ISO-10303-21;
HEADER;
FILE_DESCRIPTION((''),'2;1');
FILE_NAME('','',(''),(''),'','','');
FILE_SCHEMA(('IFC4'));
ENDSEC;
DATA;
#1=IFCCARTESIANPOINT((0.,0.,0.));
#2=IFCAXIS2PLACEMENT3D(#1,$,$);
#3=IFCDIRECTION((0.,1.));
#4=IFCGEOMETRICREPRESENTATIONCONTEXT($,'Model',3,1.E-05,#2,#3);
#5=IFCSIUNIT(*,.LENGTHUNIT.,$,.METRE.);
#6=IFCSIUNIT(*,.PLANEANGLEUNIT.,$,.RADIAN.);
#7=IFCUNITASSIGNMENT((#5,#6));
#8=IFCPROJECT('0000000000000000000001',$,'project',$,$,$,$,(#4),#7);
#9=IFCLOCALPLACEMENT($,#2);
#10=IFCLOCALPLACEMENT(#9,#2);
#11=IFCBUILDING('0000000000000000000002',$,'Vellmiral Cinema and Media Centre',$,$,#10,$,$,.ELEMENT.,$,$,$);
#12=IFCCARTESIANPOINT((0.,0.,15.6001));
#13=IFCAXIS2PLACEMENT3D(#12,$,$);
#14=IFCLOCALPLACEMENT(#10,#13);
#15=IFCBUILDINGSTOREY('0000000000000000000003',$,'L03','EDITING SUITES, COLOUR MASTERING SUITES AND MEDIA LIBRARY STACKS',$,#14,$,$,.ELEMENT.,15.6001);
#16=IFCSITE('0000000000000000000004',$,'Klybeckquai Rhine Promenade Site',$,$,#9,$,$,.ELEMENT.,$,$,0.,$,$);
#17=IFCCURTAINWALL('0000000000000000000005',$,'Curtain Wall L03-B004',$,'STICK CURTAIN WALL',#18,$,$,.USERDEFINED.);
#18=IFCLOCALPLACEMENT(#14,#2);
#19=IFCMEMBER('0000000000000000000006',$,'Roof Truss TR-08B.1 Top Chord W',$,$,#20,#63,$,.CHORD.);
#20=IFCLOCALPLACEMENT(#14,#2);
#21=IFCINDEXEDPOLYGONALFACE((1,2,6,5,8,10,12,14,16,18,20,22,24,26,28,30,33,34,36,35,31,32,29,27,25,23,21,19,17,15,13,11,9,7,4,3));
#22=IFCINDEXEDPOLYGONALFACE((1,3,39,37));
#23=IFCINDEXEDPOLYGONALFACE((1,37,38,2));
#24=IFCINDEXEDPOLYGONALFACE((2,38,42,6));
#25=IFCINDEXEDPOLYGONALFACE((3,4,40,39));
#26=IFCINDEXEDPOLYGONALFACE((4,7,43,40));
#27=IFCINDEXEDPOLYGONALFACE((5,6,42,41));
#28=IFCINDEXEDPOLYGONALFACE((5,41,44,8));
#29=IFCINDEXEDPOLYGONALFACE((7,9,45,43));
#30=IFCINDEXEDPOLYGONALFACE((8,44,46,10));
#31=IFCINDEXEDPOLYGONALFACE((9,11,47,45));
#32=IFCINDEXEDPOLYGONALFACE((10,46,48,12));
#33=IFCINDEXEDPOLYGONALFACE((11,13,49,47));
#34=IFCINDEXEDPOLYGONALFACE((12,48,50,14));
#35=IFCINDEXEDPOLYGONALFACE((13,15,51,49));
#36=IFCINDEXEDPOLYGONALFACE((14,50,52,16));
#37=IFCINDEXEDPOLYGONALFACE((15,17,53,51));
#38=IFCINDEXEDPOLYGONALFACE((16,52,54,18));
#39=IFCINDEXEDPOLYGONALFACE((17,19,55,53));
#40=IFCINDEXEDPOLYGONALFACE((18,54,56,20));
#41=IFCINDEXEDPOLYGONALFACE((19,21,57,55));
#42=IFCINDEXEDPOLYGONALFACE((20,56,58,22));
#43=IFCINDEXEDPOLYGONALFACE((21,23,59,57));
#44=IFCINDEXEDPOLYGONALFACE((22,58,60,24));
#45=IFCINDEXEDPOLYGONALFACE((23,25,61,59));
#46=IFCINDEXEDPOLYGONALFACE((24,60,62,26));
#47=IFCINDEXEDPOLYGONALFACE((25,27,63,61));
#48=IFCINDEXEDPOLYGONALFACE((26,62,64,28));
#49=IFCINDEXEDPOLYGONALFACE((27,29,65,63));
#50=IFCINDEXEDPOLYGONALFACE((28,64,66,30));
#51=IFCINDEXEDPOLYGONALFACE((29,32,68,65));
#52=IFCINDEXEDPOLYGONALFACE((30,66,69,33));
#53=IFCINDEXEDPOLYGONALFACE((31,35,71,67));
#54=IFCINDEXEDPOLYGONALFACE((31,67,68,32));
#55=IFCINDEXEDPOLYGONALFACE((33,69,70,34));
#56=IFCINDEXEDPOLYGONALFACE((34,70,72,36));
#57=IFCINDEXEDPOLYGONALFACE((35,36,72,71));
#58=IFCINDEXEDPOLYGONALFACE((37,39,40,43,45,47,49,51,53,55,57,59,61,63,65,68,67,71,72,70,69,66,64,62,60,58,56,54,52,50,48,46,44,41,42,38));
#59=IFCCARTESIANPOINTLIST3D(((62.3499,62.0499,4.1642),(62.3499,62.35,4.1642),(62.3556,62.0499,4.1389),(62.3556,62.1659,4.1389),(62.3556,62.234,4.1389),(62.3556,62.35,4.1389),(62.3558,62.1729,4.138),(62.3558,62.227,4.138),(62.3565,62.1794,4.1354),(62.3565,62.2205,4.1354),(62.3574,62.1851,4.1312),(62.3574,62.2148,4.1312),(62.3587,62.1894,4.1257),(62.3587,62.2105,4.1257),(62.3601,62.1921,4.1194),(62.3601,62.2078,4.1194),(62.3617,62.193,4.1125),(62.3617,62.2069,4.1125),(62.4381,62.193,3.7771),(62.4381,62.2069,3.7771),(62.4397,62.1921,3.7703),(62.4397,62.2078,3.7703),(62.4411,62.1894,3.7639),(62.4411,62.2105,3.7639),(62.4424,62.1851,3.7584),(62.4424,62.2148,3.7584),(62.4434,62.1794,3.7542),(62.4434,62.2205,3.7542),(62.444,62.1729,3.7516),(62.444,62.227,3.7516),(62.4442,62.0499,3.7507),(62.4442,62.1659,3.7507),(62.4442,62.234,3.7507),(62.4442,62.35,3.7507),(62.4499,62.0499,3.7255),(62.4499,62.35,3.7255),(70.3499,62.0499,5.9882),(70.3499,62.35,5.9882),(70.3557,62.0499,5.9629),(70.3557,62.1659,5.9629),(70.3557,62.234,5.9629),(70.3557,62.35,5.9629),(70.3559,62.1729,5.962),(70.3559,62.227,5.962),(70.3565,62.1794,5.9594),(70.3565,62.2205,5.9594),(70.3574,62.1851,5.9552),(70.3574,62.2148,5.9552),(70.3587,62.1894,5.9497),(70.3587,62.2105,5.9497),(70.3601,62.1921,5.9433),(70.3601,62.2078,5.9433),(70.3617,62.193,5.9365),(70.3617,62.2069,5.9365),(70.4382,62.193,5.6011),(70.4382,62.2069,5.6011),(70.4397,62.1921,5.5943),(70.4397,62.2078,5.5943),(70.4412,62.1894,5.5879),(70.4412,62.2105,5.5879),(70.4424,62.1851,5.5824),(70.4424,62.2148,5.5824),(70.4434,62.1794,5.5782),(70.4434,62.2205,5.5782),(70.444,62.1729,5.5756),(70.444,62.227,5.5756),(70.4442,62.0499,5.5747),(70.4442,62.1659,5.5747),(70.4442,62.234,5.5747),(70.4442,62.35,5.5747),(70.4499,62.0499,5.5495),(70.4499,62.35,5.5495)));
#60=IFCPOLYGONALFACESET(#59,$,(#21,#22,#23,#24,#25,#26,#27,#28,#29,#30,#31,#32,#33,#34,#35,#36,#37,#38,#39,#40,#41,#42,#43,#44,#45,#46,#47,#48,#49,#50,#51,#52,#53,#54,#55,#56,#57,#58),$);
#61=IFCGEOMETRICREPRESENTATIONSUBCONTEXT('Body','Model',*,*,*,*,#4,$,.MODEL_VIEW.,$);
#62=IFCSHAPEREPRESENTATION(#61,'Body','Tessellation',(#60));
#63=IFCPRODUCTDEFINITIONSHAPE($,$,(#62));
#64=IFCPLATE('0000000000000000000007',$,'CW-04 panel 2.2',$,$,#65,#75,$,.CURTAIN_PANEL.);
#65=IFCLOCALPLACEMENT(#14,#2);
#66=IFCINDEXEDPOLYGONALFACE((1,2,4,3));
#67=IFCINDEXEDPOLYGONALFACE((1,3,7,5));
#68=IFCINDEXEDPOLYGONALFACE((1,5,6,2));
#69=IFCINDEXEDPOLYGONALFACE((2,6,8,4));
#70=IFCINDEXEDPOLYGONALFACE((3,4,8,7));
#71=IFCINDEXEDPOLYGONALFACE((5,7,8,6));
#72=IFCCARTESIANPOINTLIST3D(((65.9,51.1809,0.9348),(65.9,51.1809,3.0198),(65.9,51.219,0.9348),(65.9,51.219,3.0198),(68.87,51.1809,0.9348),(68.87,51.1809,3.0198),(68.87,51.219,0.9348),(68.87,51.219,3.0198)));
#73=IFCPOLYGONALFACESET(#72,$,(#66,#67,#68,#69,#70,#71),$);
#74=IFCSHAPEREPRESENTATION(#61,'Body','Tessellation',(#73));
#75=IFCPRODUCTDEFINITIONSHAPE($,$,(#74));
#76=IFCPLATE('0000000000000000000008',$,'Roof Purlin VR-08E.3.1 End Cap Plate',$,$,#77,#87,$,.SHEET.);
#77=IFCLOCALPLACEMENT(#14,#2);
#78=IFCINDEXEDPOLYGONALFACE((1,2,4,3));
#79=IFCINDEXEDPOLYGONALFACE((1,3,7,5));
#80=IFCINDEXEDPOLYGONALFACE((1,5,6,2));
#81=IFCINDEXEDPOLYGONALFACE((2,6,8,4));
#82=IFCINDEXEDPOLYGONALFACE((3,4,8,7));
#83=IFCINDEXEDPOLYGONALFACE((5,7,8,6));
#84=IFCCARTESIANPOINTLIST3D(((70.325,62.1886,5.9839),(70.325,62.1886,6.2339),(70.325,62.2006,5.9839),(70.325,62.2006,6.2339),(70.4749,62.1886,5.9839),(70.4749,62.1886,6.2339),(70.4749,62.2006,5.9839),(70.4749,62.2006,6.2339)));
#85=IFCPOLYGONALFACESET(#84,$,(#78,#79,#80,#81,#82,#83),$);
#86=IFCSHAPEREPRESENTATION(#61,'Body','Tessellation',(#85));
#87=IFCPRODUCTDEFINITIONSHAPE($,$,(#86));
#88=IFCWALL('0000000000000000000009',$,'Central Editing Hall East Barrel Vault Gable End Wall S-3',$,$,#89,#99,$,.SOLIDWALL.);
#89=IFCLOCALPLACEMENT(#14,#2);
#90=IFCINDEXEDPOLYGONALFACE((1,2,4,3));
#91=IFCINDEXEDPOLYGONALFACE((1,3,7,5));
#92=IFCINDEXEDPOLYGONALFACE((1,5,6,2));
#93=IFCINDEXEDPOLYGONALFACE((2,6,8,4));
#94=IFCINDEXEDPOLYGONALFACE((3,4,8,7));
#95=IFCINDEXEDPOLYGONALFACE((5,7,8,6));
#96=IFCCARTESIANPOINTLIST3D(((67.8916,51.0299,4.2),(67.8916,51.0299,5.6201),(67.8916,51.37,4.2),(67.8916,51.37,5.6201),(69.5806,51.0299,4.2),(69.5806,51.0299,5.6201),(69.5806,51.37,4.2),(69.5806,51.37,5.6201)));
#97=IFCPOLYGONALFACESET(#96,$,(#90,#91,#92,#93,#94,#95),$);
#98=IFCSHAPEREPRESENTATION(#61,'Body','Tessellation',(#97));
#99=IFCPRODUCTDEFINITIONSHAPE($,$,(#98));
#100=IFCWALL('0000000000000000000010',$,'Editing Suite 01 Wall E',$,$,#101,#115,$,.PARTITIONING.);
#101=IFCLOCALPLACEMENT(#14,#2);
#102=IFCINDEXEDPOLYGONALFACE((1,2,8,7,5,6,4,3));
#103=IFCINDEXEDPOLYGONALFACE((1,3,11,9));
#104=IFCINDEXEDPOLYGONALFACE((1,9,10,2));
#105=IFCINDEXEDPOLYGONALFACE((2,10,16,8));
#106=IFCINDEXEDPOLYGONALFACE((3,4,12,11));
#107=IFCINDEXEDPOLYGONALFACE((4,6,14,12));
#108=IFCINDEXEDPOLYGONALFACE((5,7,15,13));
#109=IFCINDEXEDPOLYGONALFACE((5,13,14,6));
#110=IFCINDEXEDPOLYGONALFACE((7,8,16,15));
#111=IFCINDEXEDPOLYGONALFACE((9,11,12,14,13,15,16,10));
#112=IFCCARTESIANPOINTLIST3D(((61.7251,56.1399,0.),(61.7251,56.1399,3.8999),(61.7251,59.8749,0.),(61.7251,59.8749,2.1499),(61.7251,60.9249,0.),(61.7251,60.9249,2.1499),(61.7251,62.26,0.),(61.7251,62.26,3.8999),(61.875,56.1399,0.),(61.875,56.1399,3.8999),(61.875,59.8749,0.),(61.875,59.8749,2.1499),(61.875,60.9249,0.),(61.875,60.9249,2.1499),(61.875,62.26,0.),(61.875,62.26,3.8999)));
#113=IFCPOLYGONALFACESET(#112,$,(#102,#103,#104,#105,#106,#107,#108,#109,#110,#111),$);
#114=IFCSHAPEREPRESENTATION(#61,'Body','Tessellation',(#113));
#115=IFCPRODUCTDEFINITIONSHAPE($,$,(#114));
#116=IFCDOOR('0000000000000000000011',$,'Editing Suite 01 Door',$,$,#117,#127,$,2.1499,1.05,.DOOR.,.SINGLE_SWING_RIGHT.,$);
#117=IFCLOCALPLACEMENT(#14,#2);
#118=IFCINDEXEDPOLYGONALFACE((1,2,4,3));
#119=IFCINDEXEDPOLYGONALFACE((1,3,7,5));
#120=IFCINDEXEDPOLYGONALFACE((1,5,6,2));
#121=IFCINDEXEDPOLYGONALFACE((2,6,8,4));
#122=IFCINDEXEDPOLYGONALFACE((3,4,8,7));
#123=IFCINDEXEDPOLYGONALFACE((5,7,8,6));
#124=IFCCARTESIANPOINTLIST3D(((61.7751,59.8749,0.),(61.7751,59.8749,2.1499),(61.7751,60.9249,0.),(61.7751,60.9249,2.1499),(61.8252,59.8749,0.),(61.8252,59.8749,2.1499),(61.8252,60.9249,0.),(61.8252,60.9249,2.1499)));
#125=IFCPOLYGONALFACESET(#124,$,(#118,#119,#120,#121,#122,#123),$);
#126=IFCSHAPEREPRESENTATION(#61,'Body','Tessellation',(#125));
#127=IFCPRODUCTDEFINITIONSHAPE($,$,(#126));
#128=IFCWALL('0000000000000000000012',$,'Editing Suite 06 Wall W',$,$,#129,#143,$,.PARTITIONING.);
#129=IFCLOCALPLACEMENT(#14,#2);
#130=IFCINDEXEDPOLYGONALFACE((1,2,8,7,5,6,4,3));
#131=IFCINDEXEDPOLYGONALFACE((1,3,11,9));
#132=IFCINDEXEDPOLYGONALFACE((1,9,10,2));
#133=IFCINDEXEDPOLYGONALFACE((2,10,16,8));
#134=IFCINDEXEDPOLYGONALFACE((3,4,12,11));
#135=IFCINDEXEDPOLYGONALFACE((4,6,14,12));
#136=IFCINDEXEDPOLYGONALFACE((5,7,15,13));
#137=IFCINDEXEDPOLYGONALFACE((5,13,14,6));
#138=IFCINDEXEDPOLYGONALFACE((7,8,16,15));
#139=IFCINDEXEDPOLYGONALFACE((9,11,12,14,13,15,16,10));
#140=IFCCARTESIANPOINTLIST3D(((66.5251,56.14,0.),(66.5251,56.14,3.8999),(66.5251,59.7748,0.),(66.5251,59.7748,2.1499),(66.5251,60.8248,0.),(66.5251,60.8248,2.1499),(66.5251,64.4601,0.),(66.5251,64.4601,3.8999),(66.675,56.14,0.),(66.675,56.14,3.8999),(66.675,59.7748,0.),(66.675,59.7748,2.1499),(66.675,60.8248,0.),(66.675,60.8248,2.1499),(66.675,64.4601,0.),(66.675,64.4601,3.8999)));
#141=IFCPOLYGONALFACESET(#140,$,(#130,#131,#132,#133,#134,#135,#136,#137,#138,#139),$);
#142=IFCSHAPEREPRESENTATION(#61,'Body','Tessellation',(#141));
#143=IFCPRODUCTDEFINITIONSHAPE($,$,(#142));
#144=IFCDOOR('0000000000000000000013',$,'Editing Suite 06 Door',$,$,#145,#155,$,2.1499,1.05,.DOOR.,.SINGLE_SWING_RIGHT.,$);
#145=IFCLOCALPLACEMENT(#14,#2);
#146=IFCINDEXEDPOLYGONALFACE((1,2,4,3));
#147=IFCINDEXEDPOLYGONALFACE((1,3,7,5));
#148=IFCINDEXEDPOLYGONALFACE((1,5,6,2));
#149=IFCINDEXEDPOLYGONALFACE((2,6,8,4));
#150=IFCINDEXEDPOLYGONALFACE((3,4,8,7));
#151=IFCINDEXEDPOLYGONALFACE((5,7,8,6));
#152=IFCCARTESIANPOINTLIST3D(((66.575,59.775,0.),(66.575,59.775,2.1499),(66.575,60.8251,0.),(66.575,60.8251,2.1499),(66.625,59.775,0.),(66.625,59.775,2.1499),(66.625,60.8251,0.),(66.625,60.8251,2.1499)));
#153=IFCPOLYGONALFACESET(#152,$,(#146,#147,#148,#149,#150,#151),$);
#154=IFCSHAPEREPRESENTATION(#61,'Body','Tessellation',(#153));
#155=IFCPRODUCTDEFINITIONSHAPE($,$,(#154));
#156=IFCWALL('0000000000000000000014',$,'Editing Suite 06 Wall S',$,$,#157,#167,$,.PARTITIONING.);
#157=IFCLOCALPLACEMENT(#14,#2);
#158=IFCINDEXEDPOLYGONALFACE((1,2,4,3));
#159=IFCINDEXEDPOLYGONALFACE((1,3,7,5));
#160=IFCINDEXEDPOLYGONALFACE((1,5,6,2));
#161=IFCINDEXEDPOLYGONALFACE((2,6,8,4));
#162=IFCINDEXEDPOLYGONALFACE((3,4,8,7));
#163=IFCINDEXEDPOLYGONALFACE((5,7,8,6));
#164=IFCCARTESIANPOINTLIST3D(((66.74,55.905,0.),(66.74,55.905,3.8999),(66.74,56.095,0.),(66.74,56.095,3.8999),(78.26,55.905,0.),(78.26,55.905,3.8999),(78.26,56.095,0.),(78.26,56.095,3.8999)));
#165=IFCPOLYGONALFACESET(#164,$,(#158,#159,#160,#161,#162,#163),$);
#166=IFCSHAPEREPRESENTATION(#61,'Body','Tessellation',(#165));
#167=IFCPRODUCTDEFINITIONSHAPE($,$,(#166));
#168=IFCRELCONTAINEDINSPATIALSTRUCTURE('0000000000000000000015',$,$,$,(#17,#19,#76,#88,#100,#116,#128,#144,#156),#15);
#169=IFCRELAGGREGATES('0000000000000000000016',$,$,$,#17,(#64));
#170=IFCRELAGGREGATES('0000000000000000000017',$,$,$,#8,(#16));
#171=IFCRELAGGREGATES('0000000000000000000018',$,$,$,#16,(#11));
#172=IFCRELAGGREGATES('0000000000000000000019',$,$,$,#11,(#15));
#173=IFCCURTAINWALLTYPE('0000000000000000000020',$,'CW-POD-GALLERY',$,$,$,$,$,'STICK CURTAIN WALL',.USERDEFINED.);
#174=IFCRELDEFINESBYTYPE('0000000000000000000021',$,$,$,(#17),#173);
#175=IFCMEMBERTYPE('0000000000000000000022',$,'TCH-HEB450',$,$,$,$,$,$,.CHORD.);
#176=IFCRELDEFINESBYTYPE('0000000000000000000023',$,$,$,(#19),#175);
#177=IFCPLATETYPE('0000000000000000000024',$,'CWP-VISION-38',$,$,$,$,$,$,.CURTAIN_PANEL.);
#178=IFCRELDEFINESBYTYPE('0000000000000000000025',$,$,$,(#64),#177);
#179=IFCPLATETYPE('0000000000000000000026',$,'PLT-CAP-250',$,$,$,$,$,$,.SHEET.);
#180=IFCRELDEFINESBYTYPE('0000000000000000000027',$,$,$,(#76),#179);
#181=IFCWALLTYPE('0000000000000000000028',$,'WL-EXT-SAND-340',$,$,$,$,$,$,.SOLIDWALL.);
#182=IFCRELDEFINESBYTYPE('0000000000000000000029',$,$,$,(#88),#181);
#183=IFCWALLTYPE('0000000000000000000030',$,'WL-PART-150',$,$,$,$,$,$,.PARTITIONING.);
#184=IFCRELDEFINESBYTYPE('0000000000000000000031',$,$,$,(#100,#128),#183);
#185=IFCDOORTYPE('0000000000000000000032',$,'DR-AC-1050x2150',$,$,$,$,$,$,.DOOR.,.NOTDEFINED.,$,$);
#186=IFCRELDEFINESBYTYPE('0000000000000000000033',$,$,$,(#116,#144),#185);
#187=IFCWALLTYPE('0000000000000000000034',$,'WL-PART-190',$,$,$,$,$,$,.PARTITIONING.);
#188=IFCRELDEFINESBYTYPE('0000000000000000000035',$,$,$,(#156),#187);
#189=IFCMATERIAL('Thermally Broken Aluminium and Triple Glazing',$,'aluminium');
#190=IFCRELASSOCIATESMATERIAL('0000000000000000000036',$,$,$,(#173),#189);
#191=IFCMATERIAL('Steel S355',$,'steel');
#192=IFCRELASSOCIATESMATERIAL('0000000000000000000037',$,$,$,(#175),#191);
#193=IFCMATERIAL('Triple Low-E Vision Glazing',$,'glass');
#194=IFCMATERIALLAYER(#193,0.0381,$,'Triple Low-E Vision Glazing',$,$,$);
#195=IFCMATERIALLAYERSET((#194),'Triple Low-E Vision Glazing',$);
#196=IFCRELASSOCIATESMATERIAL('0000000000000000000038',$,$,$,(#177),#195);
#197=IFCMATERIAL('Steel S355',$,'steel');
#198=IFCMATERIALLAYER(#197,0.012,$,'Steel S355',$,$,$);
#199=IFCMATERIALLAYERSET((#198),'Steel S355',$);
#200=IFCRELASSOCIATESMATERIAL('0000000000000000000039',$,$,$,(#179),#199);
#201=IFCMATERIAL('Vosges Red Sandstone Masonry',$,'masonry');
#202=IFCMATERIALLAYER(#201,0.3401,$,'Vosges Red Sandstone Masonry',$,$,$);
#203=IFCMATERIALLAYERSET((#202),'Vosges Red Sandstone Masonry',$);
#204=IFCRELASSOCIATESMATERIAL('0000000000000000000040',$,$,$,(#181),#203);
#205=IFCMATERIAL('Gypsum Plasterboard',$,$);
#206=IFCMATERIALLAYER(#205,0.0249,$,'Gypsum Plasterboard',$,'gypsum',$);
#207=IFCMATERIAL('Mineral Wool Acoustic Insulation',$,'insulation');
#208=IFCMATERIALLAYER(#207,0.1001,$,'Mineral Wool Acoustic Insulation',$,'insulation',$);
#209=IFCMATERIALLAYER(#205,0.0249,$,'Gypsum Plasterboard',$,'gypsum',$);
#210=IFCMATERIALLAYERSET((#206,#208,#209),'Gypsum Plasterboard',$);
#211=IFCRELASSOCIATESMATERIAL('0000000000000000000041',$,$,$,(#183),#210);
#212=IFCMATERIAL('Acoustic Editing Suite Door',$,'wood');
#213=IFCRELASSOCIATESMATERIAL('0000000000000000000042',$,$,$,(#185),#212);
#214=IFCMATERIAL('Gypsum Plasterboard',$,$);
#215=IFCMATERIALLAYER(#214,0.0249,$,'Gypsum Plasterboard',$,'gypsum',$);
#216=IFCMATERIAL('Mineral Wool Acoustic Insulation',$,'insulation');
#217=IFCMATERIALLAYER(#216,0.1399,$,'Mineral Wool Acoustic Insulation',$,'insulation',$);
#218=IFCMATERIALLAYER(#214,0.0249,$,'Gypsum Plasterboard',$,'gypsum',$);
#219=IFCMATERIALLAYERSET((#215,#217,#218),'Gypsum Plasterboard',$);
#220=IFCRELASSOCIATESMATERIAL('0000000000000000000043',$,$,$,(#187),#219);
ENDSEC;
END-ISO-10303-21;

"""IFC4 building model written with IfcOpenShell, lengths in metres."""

from ifc_helpers import new_model, si_unit, direction, frame, frame_2d, origin, origin_2d, place, context, subcontext, project, spatial, rectangle, i_section, extrude, material, layer, layer_set, material_profile, profile_set, type_object, element, fill, aggregate, save


model = new_model("IFC4")

# Units and contexts
model_context = context("Model", 3, precision=1e-05, world=origin(), true_north=direction((0.0, 1.0)))
body_context = subcontext(model_context, "Body", "Model", "MODEL_VIEW")
ifc_project = project(units=[si_unit("LENGTHUNIT", "METRE"), si_unit("PLANEANGLEUNIT", "RADIAN")], contexts=[model_context])

# Site, building, storey
site_placement = place(None, origin())
site = spatial("IfcSite", under=ifc_project, at=site_placement, Name="Klybeckquai Rhine Promenade Site", CompositionType="ELEMENT", RefElevation=0.0)
building_placement = place(site_placement, origin())
building = spatial("IfcBuilding", under=site, at=building_placement, Name="Vellmiral Cinema and Media Centre", CompositionType="ELEMENT")
storey_placement = place(building_placement, frame((0.0, 0.0, 15.6001)))
storey = spatial("IfcBuildingStorey", under=building, at=storey_placement, Name="L03", Description="EDITING SUITES, COLOUR MASTERING SUITES AND MEDIA LIBRARY STACKS", CompositionType="ELEMENT", Elevation=15.6001)

# Curtain wall
ifc_material_1 = material(Name="Thermally Broken Aluminium and Triple Glazing", Category="aluminium")
curtain_wall_type = type_object("IfcCurtainWallType", Name="CW-POD-GALLERY", ElementType="STICK CURTAIN WALL", PredefinedType="USERDEFINED", material=ifc_material_1)
curtain_wall_placement = place(storey_placement, origin())
curtain_wall = element("IfcCurtainWall", 1, at=curtain_wall_placement, inside=storey, type_object=curtain_wall_type, Name="Curtain Wall L03-B004", ObjectType="STICK CURTAIN WALL", PredefinedType="USERDEFINED")

# Member
ifc_material_2 = material(Name="Steel S355", Category="steel")
ifc_material_profile_1 = material_profile(ifc_material_2, i_section(OverallWidth=0.3, OverallDepth=0.45, WebThickness=0.0139, FlangeThickness=0.0259, FilletRadius=0.0271, at=origin_2d()), Name="HEB 450")
ifc_profile_set_1 = profile_set([ifc_material_profile_1], Name="Steel S355")
member_type_1 = type_object("IfcMemberType", Name="TCH-HEB450", PredefinedType="CHORD", material=ifc_profile_set_1)
member_1_placement = place(storey_placement, frame((62.3999, 62.2, 3.9448), z_axis=(0.97498, 0.0, 0.222292), x_axis=(0.0, 1.0, 0.0)))
element("IfcMember", 2, at=member_1_placement, inside=storey, type_object=member_type_1, Name="Roof Truss TR-08B.1 Top Chord W", PredefinedType="CHORD", context=body_context, shape_type="SweptSolid", body=[
    extrude(i_section(OverallWidth=0.3, OverallDepth=0.45, WebThickness=0.0139, FlangeThickness=0.0259, FilletRadius=0.0271, at=origin_2d()), origin(), (0.0, 0.0, 1.0), 8.2053),
])

# Plates
ifc_material_3 = material(Name="Triple Low-E Vision Glazing", Category="glass")
ifc_layer_1 = layer(ifc_material_3, 0.0381, Name="Triple Low-E Vision Glazing")
ifc_layer_set_1 = layer_set([ifc_layer_1], Name="Triple Low-E Vision Glazing")
plate_type_1 = type_object("IfcPlateType", Name="CWP-VISION-38", PredefinedType="CURTAIN_PANEL", material=ifc_layer_set_1)
plate_1_placement = place(storey_placement, frame((67.385, 51.2, 0.9348), z_axis=(0.0, 0.0, 1.0), x_axis=(1.0, 0.0, 0.0)))
plate_1 = element("IfcPlate", 3, at=plate_1_placement, type_object=plate_type_1, Name="CW-04 panel 2.2", PredefinedType="CURTAIN_PANEL", context=body_context, shape_type="SweptSolid", body=[
    extrude(rectangle(XDim=2.97, YDim=0.0381, at=origin_2d()), origin(), (0.0, 0.0, 1.0), 2.085),
])
aggregate(curtain_wall, [plate_1])
ifc_material_4 = material(Name="Steel S355", Category="steel")
ifc_layer_2 = layer(ifc_material_4, 0.012, Name="Steel S355")
ifc_layer_set_2 = layer_set([ifc_layer_2], Name="Steel S355")
plate_type_2 = type_object("IfcPlateType", Name="PLT-CAP-250", PredefinedType="SHEET", material=ifc_layer_set_2)
plate_2_placement = place(storey_placement, frame((70.3999, 62.1946, 5.9839), z_axis=(0.0, 0.0, 1.0), x_axis=(1.0, 0.0, 0.0)))
element("IfcPlate", 4, at=plate_2_placement, inside=storey, type_object=plate_type_2, Name="Roof Purlin VR-08E.3.1 End Cap Plate", PredefinedType="SHEET", context=body_context, shape_type="SweptSolid", body=[
    extrude(rectangle(XDim=0.1499, YDim=0.012, at=origin_2d()), origin(), (0.0, 0.0, 1.0), 0.25),
])

# Wall
ifc_material_5 = material(Name="Vosges Red Sandstone Masonry", Category="masonry")
ifc_layer_3 = layer(ifc_material_5, 0.3401, Name="Vosges Red Sandstone Masonry")
ifc_layer_set_3 = layer_set([ifc_layer_3], Name="Vosges Red Sandstone Masonry")
wall_type_1 = type_object("IfcWallType", Name="WL-EXT-SAND-340", PredefinedType="SOLIDWALL", material=ifc_layer_set_3)
wall_1_placement = place(storey_placement, frame((67.8916, 51.2, 4.2), z_axis=(0.0, 0.0, 1.0), x_axis=(1.0, 0.0, 0.0)))
element("IfcWall", 5, at=wall_1_placement, inside=storey, type_object=wall_type_1, Name="Central Editing Hall East Barrel Vault Gable End Wall S-3", PredefinedType="SOLIDWALL", context=body_context, shape_type="SweptSolid", body=[
    extrude(rectangle(XDim=1.689, YDim=0.3401, at=frame_2d((0.8445, 0.0))), origin(), (0.0, 0.0, 1.0), 1.4202),
])

# Walls, openings, doors
ifc_material_6 = material(Name="Gypsum Plasterboard")
ifc_layer_4 = layer(ifc_material_6, 0.0249, Name="Gypsum Plasterboard", Category="gypsum")
ifc_material_7 = material(Name="Mineral Wool Acoustic Insulation", Category="insulation")
ifc_layer_5 = layer(ifc_material_7, 0.1001, Name="Mineral Wool Acoustic Insulation", Category="insulation")
ifc_layer_6 = layer(ifc_material_6, 0.0249, Name="Gypsum Plasterboard", Category="gypsum")
ifc_layer_set_4 = layer_set([ifc_layer_4, ifc_layer_5, ifc_layer_6], Name="Gypsum Plasterboard")
wall_type_2 = type_object("IfcWallType", Name="WL-PART-150", PredefinedType="PARTITIONING", material=ifc_layer_set_4)
wall_2_placement = place(storey_placement, frame((61.8, 56.1399, 0.0), z_axis=(0.0, 0.0, 1.0), x_axis=(0.0, 1.0, 0.0)))
wall_2 = element("IfcWall", 6, at=wall_2_placement, inside=storey, type_object=wall_type_2, Name="Editing Suite 01 Wall E", PredefinedType="PARTITIONING", context=body_context, shape_type="SweptSolid", body=[
    extrude(rectangle(XDim=6.1201, YDim=0.1499, at=frame_2d((3.0601, 0.0))), origin(), (0.0, 0.0, 1.0), 3.8999),
])
opening_1_placement = place(wall_2_placement, frame((3.7351, 0.0, 0.0)))
opening_1 = element("IfcOpeningElement", 7, at=opening_1_placement, cuts=wall_2, PredefinedType="OPENING", context=body_context, shape_type="SweptSolid", body=[
    extrude(rectangle(XDim=1.05, YDim=2.1499, at=frame_2d((0.5249, 1.075))), frame((0.0, 0.0869, 0.0), z_axis=(0.0, -1.0, 0.0), x_axis=(1.0, 0.0, 0.0)), (0.0, 0.0, 1.0), 0.1738),
])
ifc_material_8 = material(Name="Acoustic Editing Suite Door", Category="wood")
door_type = type_object("IfcDoorType", Name="DR-AC-1050x2150", OperationType="NOTDEFINED", PredefinedType="DOOR", material=ifc_material_8)
door_1_placement = place(opening_1_placement, origin())
door_1 = element("IfcDoor", 8, at=door_1_placement, inside=storey, type_object=door_type, Name="Editing Suite 01 Door", OperationType="SINGLE_SWING_RIGHT", OverallHeight=2.1499, OverallWidth=1.05, PredefinedType="DOOR", context=body_context, shape_type="SweptSolid", body=[
    extrude(rectangle(XDim=1.05, YDim=2.1499, at=frame_2d((0.5249, 1.075))), frame((0.0, 0.0249, 0.0), z_axis=(0.0, -1.0, 0.0), x_axis=(1.0, 0.0, 0.0)), (0.0, 0.0, 1.0), 0.05),
])
fill(opening_1, door_1)
wall_3_placement = place(storey_placement, frame((66.6001, 56.1399, 0.0), z_axis=(0.0, 0.0, 1.0), x_axis=(0.0, 1.0, 0.0)))
wall_3 = element("IfcWall", 9, at=wall_3_placement, inside=storey, type_object=wall_type_2, Name="Editing Suite 06 Wall W", PredefinedType="PARTITIONING", context=body_context, shape_type="SweptSolid", body=[
    extrude(rectangle(XDim=8.3201, YDim=0.1499, at=frame_2d((4.1602, 0.0))), origin(), (0.0, 0.0, 1.0), 3.8999),
])
opening_2_placement = place(wall_3_placement, frame((3.635, 0.0, 0.0)))
opening_2 = element("IfcOpeningElement", 10, at=opening_2_placement, cuts=wall_3, PredefinedType="OPENING", context=body_context, shape_type="SweptSolid", body=[
    extrude(rectangle(XDim=1.05, YDim=2.1499, at=frame_2d((0.5249, 1.075))), frame((0.0, 0.0869, 0.0), z_axis=(0.0, -1.0, 0.0), x_axis=(1.0, 0.0, 0.0)), (0.0, 0.0, 1.0), 0.1738),
])
door_2_placement = place(opening_2_placement, frame((1.05, 0.0, 0.0), z_axis=(0.0, 0.0, 1.0), x_axis=(-1.0, 0.0, 0.0)))
door_2 = element("IfcDoor", 11, at=door_2_placement, inside=storey, type_object=door_type, Name="Editing Suite 06 Door", OperationType="SINGLE_SWING_RIGHT", OverallHeight=2.1499, OverallWidth=1.05, PredefinedType="DOOR", context=body_context, shape_type="SweptSolid", body=[
    extrude(rectangle(XDim=1.05, YDim=2.1499, at=frame_2d((0.5249, 1.075))), frame((0.0, 0.0249, 0.0), z_axis=(0.0, -1.0, 0.0), x_axis=(1.0, 0.0, 0.0)), (0.0, 0.0, 1.0), 0.05),
])
fill(opening_2, door_2)

# Wall
ifc_material_9 = material(Name="Gypsum Plasterboard")
ifc_layer_7 = layer(ifc_material_9, 0.0249, Name="Gypsum Plasterboard", Category="gypsum")
ifc_material_10 = material(Name="Mineral Wool Acoustic Insulation", Category="insulation")
ifc_layer_8 = layer(ifc_material_10, 0.1399, Name="Mineral Wool Acoustic Insulation", Category="insulation")
ifc_layer_9 = layer(ifc_material_9, 0.0249, Name="Gypsum Plasterboard", Category="gypsum")
ifc_layer_set_5 = layer_set([ifc_layer_7, ifc_layer_8, ifc_layer_9], Name="Gypsum Plasterboard")
wall_type_3 = type_object("IfcWallType", Name="WL-PART-190", PredefinedType="PARTITIONING", material=ifc_layer_set_5)
wall_4_placement = place(storey_placement, frame((66.74, 56.0, 0.0), z_axis=(0.0, 0.0, 1.0), x_axis=(1.0, 0.0, 0.0)))
element("IfcWall", 12, at=wall_4_placement, inside=storey, type_object=wall_type_3, Name="Editing Suite 06 Wall S", PredefinedType="PARTITIONING", context=body_context, shape_type="SweptSolid", body=[
    extrude(rectangle(XDim=11.52, YDim=0.1899, at=frame_2d((5.76, 0.0))), origin(), (0.0, 0.0, 1.0), 3.8999),
])

save(model, "model.ifc")
